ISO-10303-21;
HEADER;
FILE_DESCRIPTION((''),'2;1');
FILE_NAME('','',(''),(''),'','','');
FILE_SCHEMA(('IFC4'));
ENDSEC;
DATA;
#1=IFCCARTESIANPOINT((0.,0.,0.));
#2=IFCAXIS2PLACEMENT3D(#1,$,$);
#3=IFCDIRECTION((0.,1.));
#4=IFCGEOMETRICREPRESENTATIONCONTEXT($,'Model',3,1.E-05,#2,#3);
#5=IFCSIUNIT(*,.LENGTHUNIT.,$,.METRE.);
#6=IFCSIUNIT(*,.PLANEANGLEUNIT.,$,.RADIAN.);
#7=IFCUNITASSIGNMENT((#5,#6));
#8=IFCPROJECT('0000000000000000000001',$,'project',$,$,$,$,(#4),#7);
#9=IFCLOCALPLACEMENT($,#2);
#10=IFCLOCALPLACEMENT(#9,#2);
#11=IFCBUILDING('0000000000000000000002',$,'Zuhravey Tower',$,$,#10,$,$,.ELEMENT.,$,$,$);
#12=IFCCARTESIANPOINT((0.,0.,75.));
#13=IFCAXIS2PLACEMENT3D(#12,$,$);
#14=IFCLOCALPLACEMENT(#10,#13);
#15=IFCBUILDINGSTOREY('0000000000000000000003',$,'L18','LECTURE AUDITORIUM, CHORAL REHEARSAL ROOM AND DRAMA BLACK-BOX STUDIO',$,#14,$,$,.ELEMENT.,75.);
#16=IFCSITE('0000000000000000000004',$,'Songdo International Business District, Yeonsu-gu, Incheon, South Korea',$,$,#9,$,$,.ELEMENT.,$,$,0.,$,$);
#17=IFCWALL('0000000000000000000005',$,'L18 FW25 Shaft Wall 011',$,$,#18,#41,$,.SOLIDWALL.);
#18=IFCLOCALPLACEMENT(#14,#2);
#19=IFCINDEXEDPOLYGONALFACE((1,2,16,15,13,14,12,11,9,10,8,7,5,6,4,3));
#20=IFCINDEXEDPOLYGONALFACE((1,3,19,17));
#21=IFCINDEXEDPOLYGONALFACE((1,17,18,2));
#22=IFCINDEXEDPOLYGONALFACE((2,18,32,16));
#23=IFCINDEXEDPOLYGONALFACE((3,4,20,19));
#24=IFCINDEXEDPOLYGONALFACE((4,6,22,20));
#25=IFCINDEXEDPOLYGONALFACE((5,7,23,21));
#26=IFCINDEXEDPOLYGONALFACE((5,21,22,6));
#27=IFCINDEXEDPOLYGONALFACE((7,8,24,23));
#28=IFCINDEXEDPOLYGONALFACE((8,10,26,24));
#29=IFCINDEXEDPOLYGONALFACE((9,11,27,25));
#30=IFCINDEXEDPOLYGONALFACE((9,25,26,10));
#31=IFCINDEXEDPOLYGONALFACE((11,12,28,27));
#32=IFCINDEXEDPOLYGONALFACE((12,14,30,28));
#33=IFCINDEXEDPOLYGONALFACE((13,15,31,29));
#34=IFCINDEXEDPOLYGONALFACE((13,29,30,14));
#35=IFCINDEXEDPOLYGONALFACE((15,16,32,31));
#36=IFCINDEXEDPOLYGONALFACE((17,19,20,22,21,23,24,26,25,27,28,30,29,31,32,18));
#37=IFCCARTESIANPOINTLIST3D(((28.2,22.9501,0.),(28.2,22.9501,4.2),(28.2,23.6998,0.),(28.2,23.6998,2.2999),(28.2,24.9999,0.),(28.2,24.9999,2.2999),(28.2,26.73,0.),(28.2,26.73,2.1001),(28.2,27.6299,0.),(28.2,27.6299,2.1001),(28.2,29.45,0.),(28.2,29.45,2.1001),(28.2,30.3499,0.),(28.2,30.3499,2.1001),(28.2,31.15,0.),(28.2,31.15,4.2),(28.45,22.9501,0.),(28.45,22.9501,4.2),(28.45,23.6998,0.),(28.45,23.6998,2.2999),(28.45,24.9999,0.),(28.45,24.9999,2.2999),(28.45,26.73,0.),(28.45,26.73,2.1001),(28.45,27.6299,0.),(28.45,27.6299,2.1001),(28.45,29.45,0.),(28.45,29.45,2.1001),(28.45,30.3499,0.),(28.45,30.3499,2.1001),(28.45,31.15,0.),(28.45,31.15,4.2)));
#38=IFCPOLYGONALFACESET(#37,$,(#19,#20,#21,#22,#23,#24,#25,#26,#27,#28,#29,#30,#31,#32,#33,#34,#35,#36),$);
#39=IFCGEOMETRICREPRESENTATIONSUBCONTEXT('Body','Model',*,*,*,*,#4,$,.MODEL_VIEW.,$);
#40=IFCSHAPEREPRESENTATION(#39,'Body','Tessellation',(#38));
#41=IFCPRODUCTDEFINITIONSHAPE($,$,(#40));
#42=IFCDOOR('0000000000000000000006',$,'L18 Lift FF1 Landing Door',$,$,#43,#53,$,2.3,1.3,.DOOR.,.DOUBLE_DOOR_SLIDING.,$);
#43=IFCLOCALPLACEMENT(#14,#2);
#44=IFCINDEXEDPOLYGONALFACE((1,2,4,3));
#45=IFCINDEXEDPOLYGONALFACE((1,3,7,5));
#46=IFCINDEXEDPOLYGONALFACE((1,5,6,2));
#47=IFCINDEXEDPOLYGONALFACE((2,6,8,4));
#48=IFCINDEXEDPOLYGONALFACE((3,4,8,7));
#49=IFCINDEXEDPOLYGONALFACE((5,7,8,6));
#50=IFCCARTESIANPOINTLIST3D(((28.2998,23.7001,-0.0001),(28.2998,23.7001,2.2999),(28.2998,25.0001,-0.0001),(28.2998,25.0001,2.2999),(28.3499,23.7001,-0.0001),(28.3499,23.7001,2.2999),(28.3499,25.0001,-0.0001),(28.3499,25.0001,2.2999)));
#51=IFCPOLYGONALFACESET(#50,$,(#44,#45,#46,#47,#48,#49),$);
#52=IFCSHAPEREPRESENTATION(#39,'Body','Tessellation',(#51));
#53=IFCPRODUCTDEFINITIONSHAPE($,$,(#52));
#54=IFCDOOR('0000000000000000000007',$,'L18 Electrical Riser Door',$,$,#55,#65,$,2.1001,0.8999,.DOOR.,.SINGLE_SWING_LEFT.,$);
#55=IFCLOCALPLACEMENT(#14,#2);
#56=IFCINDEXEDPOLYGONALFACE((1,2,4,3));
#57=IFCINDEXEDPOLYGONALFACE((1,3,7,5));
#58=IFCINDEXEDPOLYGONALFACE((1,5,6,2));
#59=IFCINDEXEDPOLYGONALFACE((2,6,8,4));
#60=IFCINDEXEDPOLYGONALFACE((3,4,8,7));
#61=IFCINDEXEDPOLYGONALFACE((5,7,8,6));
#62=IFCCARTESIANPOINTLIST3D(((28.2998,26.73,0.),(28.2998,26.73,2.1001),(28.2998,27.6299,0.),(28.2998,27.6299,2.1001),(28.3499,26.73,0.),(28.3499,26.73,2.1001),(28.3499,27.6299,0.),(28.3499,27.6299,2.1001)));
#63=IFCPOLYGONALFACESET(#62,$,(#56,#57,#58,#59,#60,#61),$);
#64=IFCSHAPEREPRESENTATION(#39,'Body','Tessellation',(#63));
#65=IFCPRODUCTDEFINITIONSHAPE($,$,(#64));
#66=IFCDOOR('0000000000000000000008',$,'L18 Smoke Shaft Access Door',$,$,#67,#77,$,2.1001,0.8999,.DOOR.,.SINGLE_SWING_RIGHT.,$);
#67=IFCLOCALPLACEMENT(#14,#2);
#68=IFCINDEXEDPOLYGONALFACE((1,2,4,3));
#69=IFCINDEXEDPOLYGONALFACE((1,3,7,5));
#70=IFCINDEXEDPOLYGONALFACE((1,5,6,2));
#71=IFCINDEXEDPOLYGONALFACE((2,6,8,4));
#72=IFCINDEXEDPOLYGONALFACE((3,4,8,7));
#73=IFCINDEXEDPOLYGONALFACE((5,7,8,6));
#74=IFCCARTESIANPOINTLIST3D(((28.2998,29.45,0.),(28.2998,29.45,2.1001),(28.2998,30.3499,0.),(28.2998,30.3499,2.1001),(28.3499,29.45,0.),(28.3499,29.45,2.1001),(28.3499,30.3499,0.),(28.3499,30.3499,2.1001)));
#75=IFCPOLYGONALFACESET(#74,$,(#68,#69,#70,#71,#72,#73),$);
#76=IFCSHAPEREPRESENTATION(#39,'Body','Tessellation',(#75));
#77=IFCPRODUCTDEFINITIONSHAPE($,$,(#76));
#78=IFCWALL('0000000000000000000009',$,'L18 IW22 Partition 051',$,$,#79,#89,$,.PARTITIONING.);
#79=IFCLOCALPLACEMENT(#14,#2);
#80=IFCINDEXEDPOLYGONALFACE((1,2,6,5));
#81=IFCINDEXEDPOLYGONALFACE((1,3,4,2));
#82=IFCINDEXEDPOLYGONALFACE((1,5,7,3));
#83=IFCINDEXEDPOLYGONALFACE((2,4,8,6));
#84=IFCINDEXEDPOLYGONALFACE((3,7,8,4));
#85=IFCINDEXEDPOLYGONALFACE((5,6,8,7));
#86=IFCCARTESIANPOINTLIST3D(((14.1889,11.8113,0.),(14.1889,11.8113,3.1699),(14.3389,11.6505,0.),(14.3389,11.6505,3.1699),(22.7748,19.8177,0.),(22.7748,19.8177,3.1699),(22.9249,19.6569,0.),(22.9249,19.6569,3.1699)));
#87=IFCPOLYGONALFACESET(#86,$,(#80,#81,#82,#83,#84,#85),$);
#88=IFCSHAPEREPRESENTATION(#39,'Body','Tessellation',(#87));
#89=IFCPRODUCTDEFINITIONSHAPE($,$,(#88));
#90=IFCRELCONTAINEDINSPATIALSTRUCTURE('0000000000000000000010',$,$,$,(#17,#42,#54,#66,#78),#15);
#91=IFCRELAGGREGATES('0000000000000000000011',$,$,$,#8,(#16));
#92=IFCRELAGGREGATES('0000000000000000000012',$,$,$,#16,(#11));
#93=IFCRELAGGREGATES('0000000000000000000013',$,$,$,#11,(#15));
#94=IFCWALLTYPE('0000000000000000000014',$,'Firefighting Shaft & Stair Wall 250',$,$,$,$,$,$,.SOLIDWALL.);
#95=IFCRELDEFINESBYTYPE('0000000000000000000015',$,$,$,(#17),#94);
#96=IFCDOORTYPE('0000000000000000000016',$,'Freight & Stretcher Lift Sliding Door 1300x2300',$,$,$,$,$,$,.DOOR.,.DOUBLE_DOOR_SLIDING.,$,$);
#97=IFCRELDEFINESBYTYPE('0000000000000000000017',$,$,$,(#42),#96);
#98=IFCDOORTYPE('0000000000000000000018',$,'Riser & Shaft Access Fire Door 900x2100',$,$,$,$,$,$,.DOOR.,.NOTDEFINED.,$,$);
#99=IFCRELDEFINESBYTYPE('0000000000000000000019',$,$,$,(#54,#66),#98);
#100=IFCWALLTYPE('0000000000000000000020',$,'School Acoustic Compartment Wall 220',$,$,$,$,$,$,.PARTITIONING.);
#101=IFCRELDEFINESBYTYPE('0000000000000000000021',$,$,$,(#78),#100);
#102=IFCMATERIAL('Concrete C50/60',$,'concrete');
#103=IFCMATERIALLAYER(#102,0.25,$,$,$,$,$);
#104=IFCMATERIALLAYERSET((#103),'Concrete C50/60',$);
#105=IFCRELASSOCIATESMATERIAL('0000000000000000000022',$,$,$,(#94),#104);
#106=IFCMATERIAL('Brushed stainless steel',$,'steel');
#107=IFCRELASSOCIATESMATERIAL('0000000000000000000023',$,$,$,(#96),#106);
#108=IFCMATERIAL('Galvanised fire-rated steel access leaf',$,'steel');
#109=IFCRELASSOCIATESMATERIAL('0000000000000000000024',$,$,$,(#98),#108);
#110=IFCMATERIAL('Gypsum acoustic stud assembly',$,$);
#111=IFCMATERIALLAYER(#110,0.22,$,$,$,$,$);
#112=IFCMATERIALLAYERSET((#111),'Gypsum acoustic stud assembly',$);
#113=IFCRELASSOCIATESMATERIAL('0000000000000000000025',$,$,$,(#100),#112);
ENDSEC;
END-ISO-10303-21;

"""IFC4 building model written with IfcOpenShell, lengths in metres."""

from ifc_helpers import new_model, si_unit, direction, frame, frame_2d, origin, place, context, subcontext, project, spatial, rectangle, extrude, material, layer, layer_set, type_object, element, fill, save


model = new_model("IFC4")

# Units and contexts
model_context = context("Model", 3, precision=1e-05, world=origin(), true_north=direction((0.0, 1.0)))
body_context = subcontext(model_context, "Body", "Model", "MODEL_VIEW")
ifc_project = project(units=[si_unit("LENGTHUNIT", "METRE"), si_unit("PLANEANGLEUNIT", "RADIAN")], contexts=[model_context])

# Site, building, storey
site_placement = place(None, origin())
site = spatial("IfcSite", under=ifc_project, at=site_placement, Name="Songdo International Business District, Yeonsu-gu, Incheon, South Korea", CompositionType="ELEMENT", RefElevation=0.0)
building_placement = place(site_placement, origin())
building = spatial("IfcBuilding", under=site, at=building_placement, Name="Zuhravey Tower", CompositionType="ELEMENT")
storey_placement = place(building_placement, frame((0.0, 0.0, 75.0)))
storey = spatial("IfcBuildingStorey", under=building, at=storey_placement, Name="L18", Description="LECTURE AUDITORIUM, CHORAL REHEARSAL ROOM AND DRAMA BLACK-BOX STUDIO", CompositionType="ELEMENT", Elevation=75.0)

# Shared definitions
ifc_material_1 = material(Name="Concrete C50/60", Category="concrete")
ifc_layer_1 = layer(ifc_material_1, 0.25)
ifc_layer_set_1 = layer_set([ifc_layer_1], Name="Concrete C50/60")
wall_type_1 = type_object("IfcWallType", Name="Firefighting Shaft & Stair Wall 250", PredefinedType="SOLIDWALL", material=ifc_layer_set_1)

# Wall, openings, doors
wall_1_placement = place(storey_placement, frame((28.325, 22.95, 0.0), z_axis=(0.0, 0.0, 1.0), x_axis=(0.0, 1.0, 0.0)))
wall_1 = element("IfcWall", 1, at=wall_1_placement, inside=storey, type_object=wall_type_1, Name="L18 FW25 Shaft Wall 011", PredefinedType="SOLIDWALL", context=body_context, shape_type="SweptSolid", body=[
    extrude(rectangle(XDim=8.2, YDim=0.25, at=frame_2d((4.1001, 0.0))), origin(), (0.0, 0.0, 1.0), 4.2),
])
opening_1_placement = place(wall_1_placement, frame((0.75, 0.0, 0.0)))
opening_1 = element("IfcOpeningElement", 2, at=opening_1_placement, cuts=wall_1, PredefinedType="OPENING", context=body_context, shape_type="SweptSolid", body=[
    extrude(rectangle(XDim=1.3, YDim=2.3, at=frame_2d((0.6499, 1.1499))), frame((0.0, 0.137, 0.0), z_axis=(0.0, -1.0, 0.0), x_axis=(1.0, 0.0, 0.0)), (0.0, 0.0, 1.0), 0.2739),
])
opening_2_placement = place(wall_1_placement, frame((3.78, 0.0, 0.0)))
opening_2 = element("IfcOpeningElement", 3, at=opening_2_placement, cuts=wall_1, PredefinedType="OPENING", context=body_context, shape_type="SweptSolid", body=[
    extrude(rectangle(XDim=0.8999, YDim=2.1001, at=frame_2d((0.45, 1.05))), frame((0.0, 0.137, 0.0), z_axis=(0.0, -1.0, 0.0), x_axis=(1.0, 0.0, 0.0)), (0.0, 0.0, 1.0), 0.2739),
])
opening_3_placement = place(wall_1_placement, frame((6.5, 0.0, 0.0)))
opening_3 = element("IfcOpeningElement", 4, at=opening_3_placement, cuts=wall_1, PredefinedType="OPENING", context=body_context, shape_type="SweptSolid", body=[
    extrude(rectangle(XDim=0.8999, YDim=2.1001, at=frame_2d((0.45, 1.05))), frame((0.0, 0.137, 0.0), z_axis=(0.0, -1.0, 0.0), x_axis=(1.0, 0.0, 0.0)), (0.0, 0.0, 1.0), 0.2739),
])
ifc_material_2 = material(Name="Brushed stainless steel", Category="steel")
door_type_1 = type_object("IfcDoorType", Name="Freight & Stretcher Lift Sliding Door 1300x2300", OperationType="DOUBLE_DOOR_SLIDING", PredefinedType="DOOR", material=ifc_material_2)
door_1_placement = place(opening_1_placement, frame((1.3, 0.0, 0.0), z_axis=(0.0, 0.0, 1.0), x_axis=(-1.0, 0.0, 0.0)))
door_1 = element("IfcDoor", 5, at=door_1_placement, inside=storey, type_object=door_type_1, Name="L18 Lift FF1 Landing Door", OperationType="DOUBLE_DOOR_SLIDING", OverallHeight=2.3, OverallWidth=1.3, PredefinedType="DOOR", context=body_context, shape_type="SweptSolid", body=[
    extrude(rectangle(XDim=1.3, YDim=2.3, at=frame_2d((0.6499, 1.1499))), frame((0.0, 0.0249, 0.0), z_axis=(0.0, -1.0, 0.0), x_axis=(1.0, 0.0, 0.0)), (0.0, 0.0, 1.0), 0.05),
])
fill(opening_1, door_1)
ifc_material_3 = material(Name="Galvanised fire-rated steel access leaf", Category="steel")
door_type_2 = type_object("IfcDoorType", Name="Riser & Shaft Access Fire Door 900x2100", OperationType="NOTDEFINED", PredefinedType="DOOR", material=ifc_material_3)
door_2_placement = place(opening_2_placement, frame((0.8999, 0.0, 0.0), z_axis=(0.0, 0.0, 1.0), x_axis=(-1.0, 0.0, 0.0)))
door_2 = element("IfcDoor", 6, at=door_2_placement, inside=storey, type_object=door_type_2, Name="L18 Electrical Riser Door", OperationType="SINGLE_SWING_LEFT", OverallHeight=2.1001, OverallWidth=0.8999, PredefinedType="DOOR", context=body_context, shape_type="SweptSolid", body=[
    extrude(rectangle(XDim=0.8999, YDim=2.1001, at=frame_2d((0.45, 1.05))), frame((0.0, 0.0249, 0.0), z_axis=(0.0, -1.0, 0.0), x_axis=(1.0, 0.0, 0.0)), (0.0, 0.0, 1.0), 0.05),
])
fill(opening_2, door_2)
door_3_placement = place(opening_3_placement, frame((0.8999, 0.0, 0.0), z_axis=(0.0, 0.0, 1.0), x_axis=(-1.0, 0.0, 0.0)))
door_3 = element("IfcDoor", 7, at=door_3_placement, inside=storey, type_object=door_type_2, Name="L18 Smoke Shaft Access Door", OperationType="SINGLE_SWING_RIGHT", OverallHeight=2.1001, OverallWidth=0.8999, PredefinedType="DOOR", context=body_context, shape_type="SweptSolid", body=[
    extrude(rectangle(XDim=0.8999, YDim=2.1001, at=frame_2d((0.45, 1.05))), frame((0.0, 0.0249, 0.0), z_axis=(0.0, -1.0, 0.0), x_axis=(1.0, 0.0, 0.0)), (0.0, 0.0, 1.0), 0.05),
])
fill(opening_3, door_3)

# Wall
ifc_material_4 = material(Name="Gypsum acoustic stud assembly")
ifc_layer_2 = layer(ifc_material_4, 0.22)
ifc_layer_set_2 = layer_set([ifc_layer_2], Name="Gypsum acoustic stud assembly")
wall_type_2 = type_object("IfcWallType", Name="School Acoustic Compartment Wall 220", PredefinedType="PARTITIONING", material=ifc_layer_set_2)
wall_2_placement = place(storey_placement, frame((22.8499, 19.7373, 0.0), z_axis=(0.0, 0.0, 1.0), x_axis=(-0.731361, -0.681991, 0.0)))
element("IfcWall", 8, at=wall_2_placement, inside=storey, type_object=wall_type_2, Name="L18 IW22 Partition 051", PredefinedType="PARTITIONING", context=body_context, shape_type="SweptSolid", body=[
    extrude(rectangle(XDim=11.7397, YDim=0.22, at=frame_2d((5.8699, 0.0))), origin(), (0.0, 0.0, 1.0), 3.1699),
])

save(model, "model.ifc")
